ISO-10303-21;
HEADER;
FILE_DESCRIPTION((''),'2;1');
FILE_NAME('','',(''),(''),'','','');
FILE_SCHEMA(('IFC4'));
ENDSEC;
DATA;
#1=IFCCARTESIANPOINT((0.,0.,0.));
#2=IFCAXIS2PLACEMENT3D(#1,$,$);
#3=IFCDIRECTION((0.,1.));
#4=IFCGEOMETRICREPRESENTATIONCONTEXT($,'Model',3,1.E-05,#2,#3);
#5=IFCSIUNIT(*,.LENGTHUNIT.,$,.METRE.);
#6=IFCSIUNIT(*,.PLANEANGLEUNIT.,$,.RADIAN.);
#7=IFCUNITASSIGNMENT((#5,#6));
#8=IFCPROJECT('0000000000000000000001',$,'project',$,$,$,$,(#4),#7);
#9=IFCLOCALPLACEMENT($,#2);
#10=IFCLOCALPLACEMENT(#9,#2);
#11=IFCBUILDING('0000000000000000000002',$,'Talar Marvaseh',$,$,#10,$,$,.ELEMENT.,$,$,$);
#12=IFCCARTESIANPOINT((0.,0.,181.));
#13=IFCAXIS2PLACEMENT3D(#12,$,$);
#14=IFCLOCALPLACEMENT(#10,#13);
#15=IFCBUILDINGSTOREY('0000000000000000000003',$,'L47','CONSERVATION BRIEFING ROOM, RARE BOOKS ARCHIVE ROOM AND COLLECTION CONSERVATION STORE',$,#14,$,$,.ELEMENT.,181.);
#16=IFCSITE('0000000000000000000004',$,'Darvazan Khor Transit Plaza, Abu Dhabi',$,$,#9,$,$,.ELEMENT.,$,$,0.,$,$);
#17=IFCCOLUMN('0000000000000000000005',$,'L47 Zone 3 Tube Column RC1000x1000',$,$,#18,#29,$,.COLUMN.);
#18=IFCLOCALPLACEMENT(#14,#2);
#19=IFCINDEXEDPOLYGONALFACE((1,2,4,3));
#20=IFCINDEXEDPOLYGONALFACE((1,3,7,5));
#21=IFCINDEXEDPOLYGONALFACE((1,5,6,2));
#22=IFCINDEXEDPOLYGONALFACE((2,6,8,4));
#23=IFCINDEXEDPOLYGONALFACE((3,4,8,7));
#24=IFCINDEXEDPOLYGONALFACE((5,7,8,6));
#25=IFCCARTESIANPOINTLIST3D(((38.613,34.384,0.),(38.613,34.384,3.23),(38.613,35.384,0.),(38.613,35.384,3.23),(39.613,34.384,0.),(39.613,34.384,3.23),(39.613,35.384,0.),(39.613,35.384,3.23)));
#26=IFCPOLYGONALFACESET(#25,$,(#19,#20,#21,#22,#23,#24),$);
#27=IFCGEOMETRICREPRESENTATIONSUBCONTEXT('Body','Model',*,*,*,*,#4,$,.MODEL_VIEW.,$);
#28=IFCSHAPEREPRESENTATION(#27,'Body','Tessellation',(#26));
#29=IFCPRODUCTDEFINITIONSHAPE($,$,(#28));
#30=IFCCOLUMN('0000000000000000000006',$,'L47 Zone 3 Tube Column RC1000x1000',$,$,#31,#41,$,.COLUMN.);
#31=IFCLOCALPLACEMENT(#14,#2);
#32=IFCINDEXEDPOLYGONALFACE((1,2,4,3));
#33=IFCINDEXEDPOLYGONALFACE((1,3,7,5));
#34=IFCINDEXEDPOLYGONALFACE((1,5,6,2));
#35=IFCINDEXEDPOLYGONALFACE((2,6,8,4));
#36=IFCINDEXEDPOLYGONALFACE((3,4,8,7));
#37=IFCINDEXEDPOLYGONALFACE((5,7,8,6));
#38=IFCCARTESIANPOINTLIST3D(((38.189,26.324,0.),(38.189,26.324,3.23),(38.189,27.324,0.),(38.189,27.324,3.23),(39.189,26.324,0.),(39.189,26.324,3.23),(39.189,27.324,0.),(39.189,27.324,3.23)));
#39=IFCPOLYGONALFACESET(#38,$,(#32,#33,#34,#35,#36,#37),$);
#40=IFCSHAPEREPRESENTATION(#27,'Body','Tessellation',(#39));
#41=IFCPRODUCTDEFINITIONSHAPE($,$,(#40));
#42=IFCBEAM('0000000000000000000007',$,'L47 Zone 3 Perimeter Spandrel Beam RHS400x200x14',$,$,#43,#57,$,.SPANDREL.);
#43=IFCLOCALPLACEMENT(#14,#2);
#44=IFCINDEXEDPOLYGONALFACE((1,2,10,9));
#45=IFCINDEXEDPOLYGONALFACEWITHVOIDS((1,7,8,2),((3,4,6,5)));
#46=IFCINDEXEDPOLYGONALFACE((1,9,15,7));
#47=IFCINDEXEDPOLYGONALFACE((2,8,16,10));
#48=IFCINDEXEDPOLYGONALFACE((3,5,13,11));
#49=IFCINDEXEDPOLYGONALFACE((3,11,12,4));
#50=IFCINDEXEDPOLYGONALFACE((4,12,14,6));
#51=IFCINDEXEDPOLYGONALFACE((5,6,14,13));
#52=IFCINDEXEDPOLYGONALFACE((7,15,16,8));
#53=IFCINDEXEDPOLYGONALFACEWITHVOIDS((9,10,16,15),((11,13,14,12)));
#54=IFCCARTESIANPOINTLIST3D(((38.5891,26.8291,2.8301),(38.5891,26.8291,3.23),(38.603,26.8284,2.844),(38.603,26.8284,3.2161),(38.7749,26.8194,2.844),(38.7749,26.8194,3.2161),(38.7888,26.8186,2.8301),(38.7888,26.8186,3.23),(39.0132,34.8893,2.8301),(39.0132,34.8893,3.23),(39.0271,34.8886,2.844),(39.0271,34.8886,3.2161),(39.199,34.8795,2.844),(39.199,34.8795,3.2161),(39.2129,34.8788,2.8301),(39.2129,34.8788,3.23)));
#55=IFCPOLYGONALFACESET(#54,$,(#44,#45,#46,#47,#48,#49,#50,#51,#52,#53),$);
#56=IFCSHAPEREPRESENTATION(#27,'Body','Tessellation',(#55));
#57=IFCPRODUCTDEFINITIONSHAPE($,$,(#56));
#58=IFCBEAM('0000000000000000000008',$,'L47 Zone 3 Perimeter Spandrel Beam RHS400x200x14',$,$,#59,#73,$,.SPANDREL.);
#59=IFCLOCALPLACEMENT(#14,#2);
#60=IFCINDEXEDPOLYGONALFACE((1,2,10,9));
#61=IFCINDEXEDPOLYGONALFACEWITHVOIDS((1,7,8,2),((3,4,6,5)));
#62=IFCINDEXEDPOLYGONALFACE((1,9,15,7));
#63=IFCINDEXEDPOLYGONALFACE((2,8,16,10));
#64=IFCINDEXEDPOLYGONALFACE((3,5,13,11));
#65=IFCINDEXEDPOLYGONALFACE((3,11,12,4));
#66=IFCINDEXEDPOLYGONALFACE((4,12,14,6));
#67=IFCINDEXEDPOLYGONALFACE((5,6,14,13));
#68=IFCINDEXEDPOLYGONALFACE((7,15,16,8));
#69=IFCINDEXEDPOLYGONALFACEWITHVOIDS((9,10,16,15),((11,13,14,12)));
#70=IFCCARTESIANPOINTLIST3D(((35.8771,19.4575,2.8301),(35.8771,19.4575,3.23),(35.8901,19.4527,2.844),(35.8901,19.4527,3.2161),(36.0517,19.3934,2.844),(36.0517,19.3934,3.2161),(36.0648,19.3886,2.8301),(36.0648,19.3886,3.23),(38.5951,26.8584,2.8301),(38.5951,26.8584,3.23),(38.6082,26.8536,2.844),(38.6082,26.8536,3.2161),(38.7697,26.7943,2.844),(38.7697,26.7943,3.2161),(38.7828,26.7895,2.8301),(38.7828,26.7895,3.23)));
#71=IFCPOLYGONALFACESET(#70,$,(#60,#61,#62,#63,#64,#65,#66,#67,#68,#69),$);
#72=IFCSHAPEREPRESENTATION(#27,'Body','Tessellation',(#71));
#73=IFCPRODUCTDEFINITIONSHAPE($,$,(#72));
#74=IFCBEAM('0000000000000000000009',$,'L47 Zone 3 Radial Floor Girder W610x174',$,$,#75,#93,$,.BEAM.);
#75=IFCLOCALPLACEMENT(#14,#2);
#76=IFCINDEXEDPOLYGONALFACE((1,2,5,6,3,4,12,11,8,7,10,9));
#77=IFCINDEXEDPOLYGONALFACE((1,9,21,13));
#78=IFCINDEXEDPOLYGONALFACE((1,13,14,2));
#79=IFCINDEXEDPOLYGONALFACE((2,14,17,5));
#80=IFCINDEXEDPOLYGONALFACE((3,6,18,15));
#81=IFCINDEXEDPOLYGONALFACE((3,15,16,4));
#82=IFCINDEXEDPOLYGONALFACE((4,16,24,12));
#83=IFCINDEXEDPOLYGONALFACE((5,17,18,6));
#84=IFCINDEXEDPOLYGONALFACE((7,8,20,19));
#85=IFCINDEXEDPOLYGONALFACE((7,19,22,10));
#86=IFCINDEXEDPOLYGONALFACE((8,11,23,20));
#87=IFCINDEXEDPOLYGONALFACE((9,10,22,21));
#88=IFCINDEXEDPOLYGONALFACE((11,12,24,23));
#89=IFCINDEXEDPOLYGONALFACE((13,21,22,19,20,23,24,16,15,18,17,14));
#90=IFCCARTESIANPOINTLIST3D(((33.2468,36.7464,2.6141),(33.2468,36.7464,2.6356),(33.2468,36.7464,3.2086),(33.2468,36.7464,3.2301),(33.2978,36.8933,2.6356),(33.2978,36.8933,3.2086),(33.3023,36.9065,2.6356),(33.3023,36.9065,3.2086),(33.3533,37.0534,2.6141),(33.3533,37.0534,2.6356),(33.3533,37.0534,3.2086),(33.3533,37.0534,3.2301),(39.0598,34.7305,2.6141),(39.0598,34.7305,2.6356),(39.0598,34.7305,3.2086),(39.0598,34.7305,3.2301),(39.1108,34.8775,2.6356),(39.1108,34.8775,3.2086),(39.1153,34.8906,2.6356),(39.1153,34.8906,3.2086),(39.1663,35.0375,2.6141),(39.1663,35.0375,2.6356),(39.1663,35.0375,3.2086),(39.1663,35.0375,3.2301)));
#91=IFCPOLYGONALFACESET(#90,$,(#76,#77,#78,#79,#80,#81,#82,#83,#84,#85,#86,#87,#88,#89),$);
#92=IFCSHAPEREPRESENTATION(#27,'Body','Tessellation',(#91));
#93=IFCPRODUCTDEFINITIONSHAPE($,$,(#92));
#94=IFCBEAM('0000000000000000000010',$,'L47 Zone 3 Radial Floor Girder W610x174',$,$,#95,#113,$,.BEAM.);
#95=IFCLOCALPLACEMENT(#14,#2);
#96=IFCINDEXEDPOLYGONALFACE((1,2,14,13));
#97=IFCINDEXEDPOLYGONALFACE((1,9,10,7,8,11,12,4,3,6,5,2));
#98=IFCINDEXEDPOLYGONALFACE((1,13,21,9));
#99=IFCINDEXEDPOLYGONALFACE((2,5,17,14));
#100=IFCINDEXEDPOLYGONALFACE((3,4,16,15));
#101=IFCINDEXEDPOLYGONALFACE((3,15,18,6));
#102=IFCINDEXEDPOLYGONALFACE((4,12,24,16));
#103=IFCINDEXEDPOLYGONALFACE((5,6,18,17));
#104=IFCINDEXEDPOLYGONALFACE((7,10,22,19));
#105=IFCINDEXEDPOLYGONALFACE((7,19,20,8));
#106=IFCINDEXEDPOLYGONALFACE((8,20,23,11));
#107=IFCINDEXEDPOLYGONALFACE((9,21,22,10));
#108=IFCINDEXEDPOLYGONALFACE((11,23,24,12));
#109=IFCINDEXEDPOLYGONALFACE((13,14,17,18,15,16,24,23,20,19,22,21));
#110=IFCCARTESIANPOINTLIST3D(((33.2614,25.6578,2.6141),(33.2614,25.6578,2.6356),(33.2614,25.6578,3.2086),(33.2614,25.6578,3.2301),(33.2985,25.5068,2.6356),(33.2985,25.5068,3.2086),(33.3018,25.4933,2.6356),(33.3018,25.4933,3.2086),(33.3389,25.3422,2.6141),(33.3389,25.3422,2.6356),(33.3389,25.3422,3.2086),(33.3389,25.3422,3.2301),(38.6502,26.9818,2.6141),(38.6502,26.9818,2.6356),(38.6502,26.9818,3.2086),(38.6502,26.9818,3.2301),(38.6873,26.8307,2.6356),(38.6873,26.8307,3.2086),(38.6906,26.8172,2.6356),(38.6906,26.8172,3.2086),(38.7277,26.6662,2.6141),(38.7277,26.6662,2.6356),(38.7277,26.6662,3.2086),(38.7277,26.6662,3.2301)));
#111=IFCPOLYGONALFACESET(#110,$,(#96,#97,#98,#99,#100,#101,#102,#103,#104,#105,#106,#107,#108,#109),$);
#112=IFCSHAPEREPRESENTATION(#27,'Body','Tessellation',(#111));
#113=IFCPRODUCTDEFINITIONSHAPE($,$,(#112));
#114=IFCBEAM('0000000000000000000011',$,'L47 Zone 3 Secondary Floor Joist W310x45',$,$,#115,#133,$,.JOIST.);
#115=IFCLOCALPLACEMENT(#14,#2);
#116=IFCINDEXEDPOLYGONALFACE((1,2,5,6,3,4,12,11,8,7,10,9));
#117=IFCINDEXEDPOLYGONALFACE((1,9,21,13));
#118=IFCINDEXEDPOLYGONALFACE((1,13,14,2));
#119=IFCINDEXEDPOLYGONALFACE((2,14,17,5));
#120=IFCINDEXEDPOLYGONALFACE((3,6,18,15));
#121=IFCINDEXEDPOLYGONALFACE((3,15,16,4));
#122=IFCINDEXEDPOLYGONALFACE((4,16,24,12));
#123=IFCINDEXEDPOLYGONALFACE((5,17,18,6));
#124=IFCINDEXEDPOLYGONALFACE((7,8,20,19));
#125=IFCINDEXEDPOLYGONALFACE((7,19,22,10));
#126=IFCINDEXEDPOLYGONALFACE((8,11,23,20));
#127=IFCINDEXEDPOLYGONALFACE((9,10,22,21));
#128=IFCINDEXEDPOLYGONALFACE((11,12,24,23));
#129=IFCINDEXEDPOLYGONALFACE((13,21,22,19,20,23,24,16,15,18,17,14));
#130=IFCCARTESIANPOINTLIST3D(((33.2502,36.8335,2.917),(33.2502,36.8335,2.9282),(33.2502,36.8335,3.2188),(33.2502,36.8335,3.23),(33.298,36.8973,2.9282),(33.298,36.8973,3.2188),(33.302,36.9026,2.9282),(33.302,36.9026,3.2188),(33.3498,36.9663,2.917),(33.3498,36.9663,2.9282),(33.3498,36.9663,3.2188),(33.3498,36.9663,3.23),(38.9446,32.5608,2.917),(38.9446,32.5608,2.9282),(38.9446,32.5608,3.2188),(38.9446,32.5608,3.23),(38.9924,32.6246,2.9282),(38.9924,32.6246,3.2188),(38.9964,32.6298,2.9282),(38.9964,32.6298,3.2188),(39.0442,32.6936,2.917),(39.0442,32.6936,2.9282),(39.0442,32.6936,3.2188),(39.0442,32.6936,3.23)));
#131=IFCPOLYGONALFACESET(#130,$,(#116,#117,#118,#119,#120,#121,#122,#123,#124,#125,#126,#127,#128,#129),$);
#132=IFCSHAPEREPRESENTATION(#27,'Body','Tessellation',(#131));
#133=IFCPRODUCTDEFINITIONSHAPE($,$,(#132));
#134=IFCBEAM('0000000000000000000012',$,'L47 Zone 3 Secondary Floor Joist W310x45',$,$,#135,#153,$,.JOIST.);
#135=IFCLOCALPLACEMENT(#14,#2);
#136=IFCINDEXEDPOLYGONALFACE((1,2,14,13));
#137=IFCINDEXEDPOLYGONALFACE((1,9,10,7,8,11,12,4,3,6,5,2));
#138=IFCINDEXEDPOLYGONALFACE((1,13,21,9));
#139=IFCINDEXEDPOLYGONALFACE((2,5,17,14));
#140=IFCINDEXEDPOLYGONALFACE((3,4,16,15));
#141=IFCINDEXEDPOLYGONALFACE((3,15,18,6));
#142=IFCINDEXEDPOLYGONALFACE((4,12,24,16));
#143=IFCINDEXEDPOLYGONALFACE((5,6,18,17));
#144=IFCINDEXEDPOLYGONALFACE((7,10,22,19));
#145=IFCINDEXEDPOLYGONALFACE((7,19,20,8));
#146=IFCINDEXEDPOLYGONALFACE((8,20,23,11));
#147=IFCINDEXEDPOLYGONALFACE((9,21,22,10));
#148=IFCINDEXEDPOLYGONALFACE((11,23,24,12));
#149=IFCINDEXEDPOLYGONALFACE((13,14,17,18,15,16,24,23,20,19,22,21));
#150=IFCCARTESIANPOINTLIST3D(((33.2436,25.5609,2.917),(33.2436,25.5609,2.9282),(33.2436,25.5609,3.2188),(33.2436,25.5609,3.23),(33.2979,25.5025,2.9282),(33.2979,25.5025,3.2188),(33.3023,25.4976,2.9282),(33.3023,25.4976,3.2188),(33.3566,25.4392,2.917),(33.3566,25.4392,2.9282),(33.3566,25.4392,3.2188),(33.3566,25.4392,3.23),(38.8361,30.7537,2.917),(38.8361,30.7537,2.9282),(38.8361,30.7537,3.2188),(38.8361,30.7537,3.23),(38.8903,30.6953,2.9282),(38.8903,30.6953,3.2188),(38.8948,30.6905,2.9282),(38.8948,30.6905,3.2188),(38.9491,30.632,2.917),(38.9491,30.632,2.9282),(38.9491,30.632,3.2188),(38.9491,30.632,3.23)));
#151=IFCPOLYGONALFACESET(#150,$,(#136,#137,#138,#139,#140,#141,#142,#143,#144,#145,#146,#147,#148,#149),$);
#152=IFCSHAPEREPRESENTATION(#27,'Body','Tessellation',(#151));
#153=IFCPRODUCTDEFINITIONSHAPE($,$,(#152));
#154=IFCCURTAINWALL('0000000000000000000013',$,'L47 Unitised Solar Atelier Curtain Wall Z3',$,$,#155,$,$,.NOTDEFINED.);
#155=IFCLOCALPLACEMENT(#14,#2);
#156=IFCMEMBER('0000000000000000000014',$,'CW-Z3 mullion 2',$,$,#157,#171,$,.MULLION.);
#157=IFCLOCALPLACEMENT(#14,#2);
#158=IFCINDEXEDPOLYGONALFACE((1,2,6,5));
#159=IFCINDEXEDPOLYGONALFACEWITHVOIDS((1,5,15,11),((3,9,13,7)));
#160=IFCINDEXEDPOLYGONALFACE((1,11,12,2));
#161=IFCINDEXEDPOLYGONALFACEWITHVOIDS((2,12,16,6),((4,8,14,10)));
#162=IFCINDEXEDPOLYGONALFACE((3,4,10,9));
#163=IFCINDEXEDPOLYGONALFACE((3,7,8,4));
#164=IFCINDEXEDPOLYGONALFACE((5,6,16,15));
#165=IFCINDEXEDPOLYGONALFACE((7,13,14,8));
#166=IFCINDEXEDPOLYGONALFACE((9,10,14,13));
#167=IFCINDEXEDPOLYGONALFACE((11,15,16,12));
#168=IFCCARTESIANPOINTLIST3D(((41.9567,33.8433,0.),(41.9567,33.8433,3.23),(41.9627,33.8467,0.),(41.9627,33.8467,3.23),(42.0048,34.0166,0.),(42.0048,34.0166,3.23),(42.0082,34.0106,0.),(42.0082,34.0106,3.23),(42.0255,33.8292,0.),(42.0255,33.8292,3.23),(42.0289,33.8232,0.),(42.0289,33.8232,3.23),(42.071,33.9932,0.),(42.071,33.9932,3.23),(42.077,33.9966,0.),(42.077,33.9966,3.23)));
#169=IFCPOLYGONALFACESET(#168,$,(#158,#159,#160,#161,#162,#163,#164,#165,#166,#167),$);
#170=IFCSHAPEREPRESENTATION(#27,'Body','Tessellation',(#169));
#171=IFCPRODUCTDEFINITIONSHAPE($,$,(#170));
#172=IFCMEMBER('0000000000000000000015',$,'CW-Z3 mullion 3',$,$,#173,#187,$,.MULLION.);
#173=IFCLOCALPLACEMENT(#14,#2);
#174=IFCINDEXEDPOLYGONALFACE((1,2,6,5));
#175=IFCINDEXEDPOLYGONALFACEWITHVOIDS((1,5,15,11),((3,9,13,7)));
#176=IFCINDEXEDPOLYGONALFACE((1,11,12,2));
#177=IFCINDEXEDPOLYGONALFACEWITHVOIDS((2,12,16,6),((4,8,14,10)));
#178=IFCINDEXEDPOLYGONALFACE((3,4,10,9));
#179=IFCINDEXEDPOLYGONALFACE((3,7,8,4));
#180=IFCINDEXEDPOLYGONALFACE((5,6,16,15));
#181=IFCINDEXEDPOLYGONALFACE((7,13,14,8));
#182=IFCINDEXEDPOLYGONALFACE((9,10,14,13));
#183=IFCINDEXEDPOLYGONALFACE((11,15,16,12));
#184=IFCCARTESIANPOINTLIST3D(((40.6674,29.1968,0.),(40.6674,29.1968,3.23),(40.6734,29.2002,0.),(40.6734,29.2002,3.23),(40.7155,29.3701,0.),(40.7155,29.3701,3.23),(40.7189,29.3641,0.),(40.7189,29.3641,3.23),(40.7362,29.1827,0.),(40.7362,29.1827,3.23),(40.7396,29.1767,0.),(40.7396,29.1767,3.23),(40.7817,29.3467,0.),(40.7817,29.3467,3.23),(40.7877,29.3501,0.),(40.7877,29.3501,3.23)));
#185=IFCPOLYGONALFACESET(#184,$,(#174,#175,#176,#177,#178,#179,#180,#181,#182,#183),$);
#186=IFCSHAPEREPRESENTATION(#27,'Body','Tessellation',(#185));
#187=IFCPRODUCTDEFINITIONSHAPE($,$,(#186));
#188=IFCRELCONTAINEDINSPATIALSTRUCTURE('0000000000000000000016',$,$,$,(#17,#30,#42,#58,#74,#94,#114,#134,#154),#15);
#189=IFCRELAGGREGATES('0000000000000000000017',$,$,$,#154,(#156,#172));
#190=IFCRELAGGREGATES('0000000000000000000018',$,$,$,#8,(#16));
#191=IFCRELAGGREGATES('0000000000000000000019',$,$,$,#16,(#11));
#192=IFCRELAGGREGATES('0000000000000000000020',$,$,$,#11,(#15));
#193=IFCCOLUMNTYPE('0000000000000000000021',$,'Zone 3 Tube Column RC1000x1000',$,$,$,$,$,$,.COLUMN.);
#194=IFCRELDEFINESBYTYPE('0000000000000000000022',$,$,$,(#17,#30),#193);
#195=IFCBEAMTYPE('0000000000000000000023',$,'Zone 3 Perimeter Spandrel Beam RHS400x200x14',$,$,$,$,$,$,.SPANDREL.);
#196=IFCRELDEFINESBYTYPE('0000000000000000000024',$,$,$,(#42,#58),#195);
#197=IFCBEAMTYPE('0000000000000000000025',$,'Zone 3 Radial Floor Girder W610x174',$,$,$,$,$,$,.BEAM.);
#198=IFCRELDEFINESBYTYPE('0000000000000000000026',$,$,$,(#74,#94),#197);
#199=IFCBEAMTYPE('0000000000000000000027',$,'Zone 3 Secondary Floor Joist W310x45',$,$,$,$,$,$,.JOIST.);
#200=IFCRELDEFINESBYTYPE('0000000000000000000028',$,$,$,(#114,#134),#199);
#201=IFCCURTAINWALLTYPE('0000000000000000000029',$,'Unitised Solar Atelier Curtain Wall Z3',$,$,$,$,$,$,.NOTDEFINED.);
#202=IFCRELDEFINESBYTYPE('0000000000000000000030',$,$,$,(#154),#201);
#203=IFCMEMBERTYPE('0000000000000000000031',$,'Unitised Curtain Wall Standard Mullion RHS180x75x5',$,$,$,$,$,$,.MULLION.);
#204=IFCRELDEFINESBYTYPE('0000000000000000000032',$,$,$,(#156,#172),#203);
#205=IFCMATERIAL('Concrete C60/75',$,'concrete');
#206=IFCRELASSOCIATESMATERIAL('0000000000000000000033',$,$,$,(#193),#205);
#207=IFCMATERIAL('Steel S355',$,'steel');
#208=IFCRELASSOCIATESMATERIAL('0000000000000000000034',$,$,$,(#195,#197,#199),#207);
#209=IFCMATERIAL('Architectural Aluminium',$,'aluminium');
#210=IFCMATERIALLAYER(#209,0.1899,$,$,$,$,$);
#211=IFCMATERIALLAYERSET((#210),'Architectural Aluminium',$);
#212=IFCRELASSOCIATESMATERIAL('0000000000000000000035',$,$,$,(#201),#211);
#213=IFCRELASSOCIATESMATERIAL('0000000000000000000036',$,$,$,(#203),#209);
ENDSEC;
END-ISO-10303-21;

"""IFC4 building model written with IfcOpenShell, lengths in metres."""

from ifc_helpers import new_model, si_unit, direction, frame, origin, origin_2d, place, context, subcontext, project, spatial, rectangle, hollow_rectangle, i_section, extrude, source, transform, mapped, material, layer, layer_set, material_profile, profile_set, type_object, type_shapes, element, aggregate, save


model = new_model("IFC4")

# Units and contexts
model_context = context("Model", 3, precision=1e-05, world=origin(), true_north=direction((0.0, 1.0)))
body_context = subcontext(model_context, "Body", "Model", "MODEL_VIEW")
ifc_project = project(units=[si_unit("LENGTHUNIT", "METRE"), si_unit("PLANEANGLEUNIT", "RADIAN")], contexts=[model_context])

# Site, building, storey
site_placement = place(None, origin())
site = spatial("IfcSite", under=ifc_project, at=site_placement, Name="Darvazan Khor Transit Plaza, Abu Dhabi", CompositionType="ELEMENT", RefElevation=0.0)
building_placement = place(site_placement, origin())
building = spatial("IfcBuilding", under=site, at=building_placement, Name="Talar Marvaseh", CompositionType="ELEMENT")
storey_placement = place(building_placement, frame((0.0, 0.0, 181.0)))
storey = spatial("IfcBuildingStorey", under=building, at=storey_placement, Name="L47", Description="CONSERVATION BRIEFING ROOM, RARE BOOKS ARCHIVE ROOM AND COLLECTION CONSERVATION STORE", CompositionType="ELEMENT", Elevation=181.0)

# Columns
ifc_material_1 = material(Name="Concrete C60/75", Category="concrete")
ifc_material_profile_1 = material_profile(ifc_material_1, rectangle(XDim=1.0, YDim=1.0, at=origin_2d()), Name="RC1000x1000")
ifc_profile_set_1 = profile_set([ifc_material_profile_1], Name="Concrete C60/75")
column_type = type_object("IfcColumnType", Name="Zone 3 Tube Column RC1000x1000", PredefinedType="COLUMN", material=ifc_profile_set_1)
for number, where, z_axis, x_axis, name in (
    (1, (39.113, 34.884, 0.0), (0.0, 0.0, 1.0), (1.0, 0.0, 0.0), "L47 Zone 3 Tube Column RC1000x1000"),
    (2, (38.689, 26.824, 0.0), (0.0, 0.0, 1.0), (1.0, 0.0, 0.0), "L47 Zone 3 Tube Column RC1000x1000"),
):
    element("IfcColumn", number, at=place(storey_placement, frame(where, z_axis=z_axis, x_axis=x_axis)), inside=storey, type_object=column_type, Name=name, PredefinedType="COLUMN", context=body_context, shape_type="SweptSolid", body=[
        extrude(rectangle(XDim=1.0, YDim=1.0, at=origin_2d()), origin(), (0.0, 0.0, 1.0), 3.23),
    ])

# Beams
ifc_material_2 = material(Name="Steel S355", Category="steel")
ifc_material_profile_2 = material_profile(ifc_material_2, hollow_rectangle(XDim=0.2, YDim=0.3999, WallThickness=0.0139, at=origin_2d()), Name="RHS400x200x14")
ifc_profile_set_2 = profile_set([ifc_material_profile_2], Name="Steel S355")
beam_type_1 = type_object("IfcBeamType", Name="Zone 3 Perimeter Spandrel Beam RHS400x200x14", PredefinedType="SPANDREL", material=ifc_profile_set_2)
beam_1_placement = place(storey_placement, frame((39.113, 34.884, 3.03), z_axis=(-0.052541, -0.998619, 0.0), x_axis=(0.998619, -0.052541, 0.0)))
element("IfcBeam", 3, at=beam_1_placement, inside=storey, type_object=beam_type_1, Name="L47 Zone 3 Perimeter Spandrel Beam RHS400x200x14", PredefinedType="SPANDREL", context=body_context, shape_type="SweptSolid", body=[
    extrude(hollow_rectangle(XDim=0.2, YDim=0.3999, WallThickness=0.0139, at=origin_2d()), origin(), (0.0, 0.0, 1.0), 8.0713),
])
beam_2_placement = place(storey_placement, frame((38.689, 26.824, 3.03), z_axis=(-0.344742, -0.938697, 0.0), x_axis=(0.938697, -0.344742, 0.0)))
element("IfcBeam", 4, at=beam_2_placement, inside=storey, type_object=beam_type_1, Name="L47 Zone 3 Perimeter Spandrel Beam RHS400x200x14", PredefinedType="SPANDREL", context=body_context, shape_type="SweptSolid", body=[
    extrude(hollow_rectangle(XDim=0.2, YDim=0.3999, WallThickness=0.0139, at=origin_2d()), origin(), (0.0, 0.0, 1.0), 7.8843),
])
ifc_material_profile_3 = material_profile(ifc_material_2, i_section(OverallWidth=0.325, OverallDepth=0.616, WebThickness=0.0139, FlangeThickness=0.0215, at=origin_2d()), Name="W610x174")
ifc_profile_set_3 = profile_set([ifc_material_profile_3], Name="Steel S355")
beam_type_2 = type_object("IfcBeamType", Name="Zone 3 Radial Floor Girder W610x174", PredefinedType="BEAM", material=ifc_profile_set_3)
beam_3_placement = place(storey_placement, frame((39.113, 34.884, 2.9221), z_axis=(-0.944801, 0.327645, 0.0), x_axis=(-0.327645, -0.944801, 0.0)))
element("IfcBeam", 5, at=beam_3_placement, inside=storey, type_object=beam_type_2, Name="L47 Zone 3 Radial Floor Girder W610x174", PredefinedType="BEAM", context=body_context, shape_type="SweptSolid", body=[
    extrude(i_section(OverallWidth=0.325, OverallDepth=0.616, WebThickness=0.0139, FlangeThickness=0.0215, at=origin_2d()), origin(), (0.0, 0.0, 1.0), 6.1526),
])
beam_4_placement = place(storey_placement, frame((38.689, 26.824, 2.9221), z_axis=(-0.971121, -0.23859, 0.0), x_axis=(0.23859, -0.971121, 0.0)))
element("IfcBeam", 6, at=beam_4_placement, inside=storey, type_object=beam_type_2, Name="L47 Zone 3 Radial Floor Girder W610x174", PredefinedType="BEAM", context=body_context, shape_type="SweptSolid", body=[
    extrude(i_section(OverallWidth=0.325, OverallDepth=0.616, WebThickness=0.0139, FlangeThickness=0.0215, at=origin_2d()), origin(), (0.0, 0.0, 1.0), 5.5491),
])
ifc_material_profile_4 = material_profile(ifc_material_2, i_section(OverallWidth=0.166, OverallDepth=0.313, WebThickness=0.0066, FlangeThickness=0.0112, at=origin_2d()), Name="W310x45")
ifc_profile_set_4 = profile_set([ifc_material_profile_4], Name="Steel S355")
beam_type_3 = type_object("IfcBeamType", Name="Zone 3 Secondary Floor Joist W310x45", PredefinedType="JOIST", material=ifc_profile_set_4)
beam_5_placement = place(storey_placement, frame((38.9944, 32.6272, 3.0735), z_axis=(-0.799868, 0.600176, 0.0), x_axis=(-0.600176, -0.799868, 0.0)))
element("IfcBeam", 7, at=beam_5_placement, inside=storey, type_object=beam_type_3, Name="L47 Zone 3 Secondary Floor Joist W310x45", PredefinedType="JOIST", context=body_context, shape_type="SweptSolid", body=[
    extrude(i_section(OverallWidth=0.166, OverallDepth=0.313, WebThickness=0.0066, FlangeThickness=0.0112, at=origin_2d()), origin(), (0.0, 0.0, 1.0), 7.1191),
])
beam_6_placement = place(storey_placement, frame((38.8926, 30.6929, 3.0735), z_axis=(-0.732806, -0.680438, 0.0), x_axis=(0.680438, -0.732806, 0.0)))
element("IfcBeam", 8, at=beam_6_placement, inside=storey, type_object=beam_type_3, Name="L47 Zone 3 Secondary Floor Joist W310x45", PredefinedType="JOIST", context=body_context, shape_type="SweptSolid", body=[
    extrude(i_section(OverallWidth=0.166, OverallDepth=0.313, WebThickness=0.0066, FlangeThickness=0.0112, at=origin_2d()), origin(), (0.0, 0.0, 1.0), 7.6316),
])

# Curtain wall, members
ifc_material_3 = material(Name="Architectural Aluminium", Category="aluminium")
ifc_layer_1 = layer(ifc_material_3, 0.1899)
ifc_layer_set_1 = layer_set([ifc_layer_1], Name="Architectural Aluminium")
curtain_wall_type = type_object("IfcCurtainWallType", Name="Unitised Solar Atelier Curtain Wall Z3", PredefinedType="NOTDEFINED", material=ifc_layer_set_1)
curtain_wall_placement = place(storey_placement, origin())
curtain_wall = element("IfcCurtainWall", 9, at=curtain_wall_placement, inside=storey, type_object=curtain_wall_type, Name="L47 Unitised Solar Atelier Curtain Wall Z3", PredefinedType="NOTDEFINED")
ifc_material_profile_5 = material_profile(ifc_material_3, hollow_rectangle(XDim=0.075, YDim=0.1799, WallThickness=0.0049, at=origin_2d()), Name="RHS180x75x5")
ifc_profile_set_5 = profile_set([ifc_material_profile_5], Name="Architectural Aluminium")
member_type_1 = type_object("IfcMemberType", Name="Unitised Curtain Wall Standard Mullion RHS180x75x5", PredefinedType="MULLION", material=ifc_profile_set_5)
shared_shape_1 = source(origin(), body_context, "Body", "SweptSolid", [
    extrude(hollow_rectangle(XDim=0.075, YDim=0.1799, WallThickness=0.0049, at=origin_2d()), origin(), (0.0, 0.0, 1.0), 3.23),
])
type_shapes(member_type_1, [shared_shape_1])
member_1_placement = place(storey_placement, frame((42.0168, 33.9199, 0.0), z_axis=(0.0, 0.0, 1.0), x_axis=(0.963589, -0.267386, 0.0)))
member_1 = element("IfcMember", 10, at=member_1_placement, type_object=member_type_1, Name="CW-Z3 mullion 2", PredefinedType="MULLION", context=body_context, shape_type="MappedRepresentation", body=[
    mapped(shared_shape_1, transform((0.0, 0.0, 0.0), x_axis=(1.0, 0.0, 0.0), y_axis=(0.0, 1.0, 0.0), z_axis=(0.0, 0.0, 1.0), scale=1.0)),
])
member_2_placement = place(storey_placement, frame((40.7275, 29.2734, 0.0), z_axis=(0.0, 0.0, 1.0), x_axis=(0.963589, -0.267386, 0.0)))
member_2 = element("IfcMember", 11, at=member_2_placement, type_object=member_type_1, Name="CW-Z3 mullion 3", PredefinedType="MULLION", context=body_context, shape_type="MappedRepresentation", body=[
    mapped(shared_shape_1, transform((0.0, 0.0, 0.0), x_axis=(1.0, 0.0, 0.0), y_axis=(0.0, 1.0, 0.0), z_axis=(0.0, 0.0, 1.0), scale=1.0)),
])
aggregate(curtain_wall, [member_1, member_2])

save(model, "model.ifc")
